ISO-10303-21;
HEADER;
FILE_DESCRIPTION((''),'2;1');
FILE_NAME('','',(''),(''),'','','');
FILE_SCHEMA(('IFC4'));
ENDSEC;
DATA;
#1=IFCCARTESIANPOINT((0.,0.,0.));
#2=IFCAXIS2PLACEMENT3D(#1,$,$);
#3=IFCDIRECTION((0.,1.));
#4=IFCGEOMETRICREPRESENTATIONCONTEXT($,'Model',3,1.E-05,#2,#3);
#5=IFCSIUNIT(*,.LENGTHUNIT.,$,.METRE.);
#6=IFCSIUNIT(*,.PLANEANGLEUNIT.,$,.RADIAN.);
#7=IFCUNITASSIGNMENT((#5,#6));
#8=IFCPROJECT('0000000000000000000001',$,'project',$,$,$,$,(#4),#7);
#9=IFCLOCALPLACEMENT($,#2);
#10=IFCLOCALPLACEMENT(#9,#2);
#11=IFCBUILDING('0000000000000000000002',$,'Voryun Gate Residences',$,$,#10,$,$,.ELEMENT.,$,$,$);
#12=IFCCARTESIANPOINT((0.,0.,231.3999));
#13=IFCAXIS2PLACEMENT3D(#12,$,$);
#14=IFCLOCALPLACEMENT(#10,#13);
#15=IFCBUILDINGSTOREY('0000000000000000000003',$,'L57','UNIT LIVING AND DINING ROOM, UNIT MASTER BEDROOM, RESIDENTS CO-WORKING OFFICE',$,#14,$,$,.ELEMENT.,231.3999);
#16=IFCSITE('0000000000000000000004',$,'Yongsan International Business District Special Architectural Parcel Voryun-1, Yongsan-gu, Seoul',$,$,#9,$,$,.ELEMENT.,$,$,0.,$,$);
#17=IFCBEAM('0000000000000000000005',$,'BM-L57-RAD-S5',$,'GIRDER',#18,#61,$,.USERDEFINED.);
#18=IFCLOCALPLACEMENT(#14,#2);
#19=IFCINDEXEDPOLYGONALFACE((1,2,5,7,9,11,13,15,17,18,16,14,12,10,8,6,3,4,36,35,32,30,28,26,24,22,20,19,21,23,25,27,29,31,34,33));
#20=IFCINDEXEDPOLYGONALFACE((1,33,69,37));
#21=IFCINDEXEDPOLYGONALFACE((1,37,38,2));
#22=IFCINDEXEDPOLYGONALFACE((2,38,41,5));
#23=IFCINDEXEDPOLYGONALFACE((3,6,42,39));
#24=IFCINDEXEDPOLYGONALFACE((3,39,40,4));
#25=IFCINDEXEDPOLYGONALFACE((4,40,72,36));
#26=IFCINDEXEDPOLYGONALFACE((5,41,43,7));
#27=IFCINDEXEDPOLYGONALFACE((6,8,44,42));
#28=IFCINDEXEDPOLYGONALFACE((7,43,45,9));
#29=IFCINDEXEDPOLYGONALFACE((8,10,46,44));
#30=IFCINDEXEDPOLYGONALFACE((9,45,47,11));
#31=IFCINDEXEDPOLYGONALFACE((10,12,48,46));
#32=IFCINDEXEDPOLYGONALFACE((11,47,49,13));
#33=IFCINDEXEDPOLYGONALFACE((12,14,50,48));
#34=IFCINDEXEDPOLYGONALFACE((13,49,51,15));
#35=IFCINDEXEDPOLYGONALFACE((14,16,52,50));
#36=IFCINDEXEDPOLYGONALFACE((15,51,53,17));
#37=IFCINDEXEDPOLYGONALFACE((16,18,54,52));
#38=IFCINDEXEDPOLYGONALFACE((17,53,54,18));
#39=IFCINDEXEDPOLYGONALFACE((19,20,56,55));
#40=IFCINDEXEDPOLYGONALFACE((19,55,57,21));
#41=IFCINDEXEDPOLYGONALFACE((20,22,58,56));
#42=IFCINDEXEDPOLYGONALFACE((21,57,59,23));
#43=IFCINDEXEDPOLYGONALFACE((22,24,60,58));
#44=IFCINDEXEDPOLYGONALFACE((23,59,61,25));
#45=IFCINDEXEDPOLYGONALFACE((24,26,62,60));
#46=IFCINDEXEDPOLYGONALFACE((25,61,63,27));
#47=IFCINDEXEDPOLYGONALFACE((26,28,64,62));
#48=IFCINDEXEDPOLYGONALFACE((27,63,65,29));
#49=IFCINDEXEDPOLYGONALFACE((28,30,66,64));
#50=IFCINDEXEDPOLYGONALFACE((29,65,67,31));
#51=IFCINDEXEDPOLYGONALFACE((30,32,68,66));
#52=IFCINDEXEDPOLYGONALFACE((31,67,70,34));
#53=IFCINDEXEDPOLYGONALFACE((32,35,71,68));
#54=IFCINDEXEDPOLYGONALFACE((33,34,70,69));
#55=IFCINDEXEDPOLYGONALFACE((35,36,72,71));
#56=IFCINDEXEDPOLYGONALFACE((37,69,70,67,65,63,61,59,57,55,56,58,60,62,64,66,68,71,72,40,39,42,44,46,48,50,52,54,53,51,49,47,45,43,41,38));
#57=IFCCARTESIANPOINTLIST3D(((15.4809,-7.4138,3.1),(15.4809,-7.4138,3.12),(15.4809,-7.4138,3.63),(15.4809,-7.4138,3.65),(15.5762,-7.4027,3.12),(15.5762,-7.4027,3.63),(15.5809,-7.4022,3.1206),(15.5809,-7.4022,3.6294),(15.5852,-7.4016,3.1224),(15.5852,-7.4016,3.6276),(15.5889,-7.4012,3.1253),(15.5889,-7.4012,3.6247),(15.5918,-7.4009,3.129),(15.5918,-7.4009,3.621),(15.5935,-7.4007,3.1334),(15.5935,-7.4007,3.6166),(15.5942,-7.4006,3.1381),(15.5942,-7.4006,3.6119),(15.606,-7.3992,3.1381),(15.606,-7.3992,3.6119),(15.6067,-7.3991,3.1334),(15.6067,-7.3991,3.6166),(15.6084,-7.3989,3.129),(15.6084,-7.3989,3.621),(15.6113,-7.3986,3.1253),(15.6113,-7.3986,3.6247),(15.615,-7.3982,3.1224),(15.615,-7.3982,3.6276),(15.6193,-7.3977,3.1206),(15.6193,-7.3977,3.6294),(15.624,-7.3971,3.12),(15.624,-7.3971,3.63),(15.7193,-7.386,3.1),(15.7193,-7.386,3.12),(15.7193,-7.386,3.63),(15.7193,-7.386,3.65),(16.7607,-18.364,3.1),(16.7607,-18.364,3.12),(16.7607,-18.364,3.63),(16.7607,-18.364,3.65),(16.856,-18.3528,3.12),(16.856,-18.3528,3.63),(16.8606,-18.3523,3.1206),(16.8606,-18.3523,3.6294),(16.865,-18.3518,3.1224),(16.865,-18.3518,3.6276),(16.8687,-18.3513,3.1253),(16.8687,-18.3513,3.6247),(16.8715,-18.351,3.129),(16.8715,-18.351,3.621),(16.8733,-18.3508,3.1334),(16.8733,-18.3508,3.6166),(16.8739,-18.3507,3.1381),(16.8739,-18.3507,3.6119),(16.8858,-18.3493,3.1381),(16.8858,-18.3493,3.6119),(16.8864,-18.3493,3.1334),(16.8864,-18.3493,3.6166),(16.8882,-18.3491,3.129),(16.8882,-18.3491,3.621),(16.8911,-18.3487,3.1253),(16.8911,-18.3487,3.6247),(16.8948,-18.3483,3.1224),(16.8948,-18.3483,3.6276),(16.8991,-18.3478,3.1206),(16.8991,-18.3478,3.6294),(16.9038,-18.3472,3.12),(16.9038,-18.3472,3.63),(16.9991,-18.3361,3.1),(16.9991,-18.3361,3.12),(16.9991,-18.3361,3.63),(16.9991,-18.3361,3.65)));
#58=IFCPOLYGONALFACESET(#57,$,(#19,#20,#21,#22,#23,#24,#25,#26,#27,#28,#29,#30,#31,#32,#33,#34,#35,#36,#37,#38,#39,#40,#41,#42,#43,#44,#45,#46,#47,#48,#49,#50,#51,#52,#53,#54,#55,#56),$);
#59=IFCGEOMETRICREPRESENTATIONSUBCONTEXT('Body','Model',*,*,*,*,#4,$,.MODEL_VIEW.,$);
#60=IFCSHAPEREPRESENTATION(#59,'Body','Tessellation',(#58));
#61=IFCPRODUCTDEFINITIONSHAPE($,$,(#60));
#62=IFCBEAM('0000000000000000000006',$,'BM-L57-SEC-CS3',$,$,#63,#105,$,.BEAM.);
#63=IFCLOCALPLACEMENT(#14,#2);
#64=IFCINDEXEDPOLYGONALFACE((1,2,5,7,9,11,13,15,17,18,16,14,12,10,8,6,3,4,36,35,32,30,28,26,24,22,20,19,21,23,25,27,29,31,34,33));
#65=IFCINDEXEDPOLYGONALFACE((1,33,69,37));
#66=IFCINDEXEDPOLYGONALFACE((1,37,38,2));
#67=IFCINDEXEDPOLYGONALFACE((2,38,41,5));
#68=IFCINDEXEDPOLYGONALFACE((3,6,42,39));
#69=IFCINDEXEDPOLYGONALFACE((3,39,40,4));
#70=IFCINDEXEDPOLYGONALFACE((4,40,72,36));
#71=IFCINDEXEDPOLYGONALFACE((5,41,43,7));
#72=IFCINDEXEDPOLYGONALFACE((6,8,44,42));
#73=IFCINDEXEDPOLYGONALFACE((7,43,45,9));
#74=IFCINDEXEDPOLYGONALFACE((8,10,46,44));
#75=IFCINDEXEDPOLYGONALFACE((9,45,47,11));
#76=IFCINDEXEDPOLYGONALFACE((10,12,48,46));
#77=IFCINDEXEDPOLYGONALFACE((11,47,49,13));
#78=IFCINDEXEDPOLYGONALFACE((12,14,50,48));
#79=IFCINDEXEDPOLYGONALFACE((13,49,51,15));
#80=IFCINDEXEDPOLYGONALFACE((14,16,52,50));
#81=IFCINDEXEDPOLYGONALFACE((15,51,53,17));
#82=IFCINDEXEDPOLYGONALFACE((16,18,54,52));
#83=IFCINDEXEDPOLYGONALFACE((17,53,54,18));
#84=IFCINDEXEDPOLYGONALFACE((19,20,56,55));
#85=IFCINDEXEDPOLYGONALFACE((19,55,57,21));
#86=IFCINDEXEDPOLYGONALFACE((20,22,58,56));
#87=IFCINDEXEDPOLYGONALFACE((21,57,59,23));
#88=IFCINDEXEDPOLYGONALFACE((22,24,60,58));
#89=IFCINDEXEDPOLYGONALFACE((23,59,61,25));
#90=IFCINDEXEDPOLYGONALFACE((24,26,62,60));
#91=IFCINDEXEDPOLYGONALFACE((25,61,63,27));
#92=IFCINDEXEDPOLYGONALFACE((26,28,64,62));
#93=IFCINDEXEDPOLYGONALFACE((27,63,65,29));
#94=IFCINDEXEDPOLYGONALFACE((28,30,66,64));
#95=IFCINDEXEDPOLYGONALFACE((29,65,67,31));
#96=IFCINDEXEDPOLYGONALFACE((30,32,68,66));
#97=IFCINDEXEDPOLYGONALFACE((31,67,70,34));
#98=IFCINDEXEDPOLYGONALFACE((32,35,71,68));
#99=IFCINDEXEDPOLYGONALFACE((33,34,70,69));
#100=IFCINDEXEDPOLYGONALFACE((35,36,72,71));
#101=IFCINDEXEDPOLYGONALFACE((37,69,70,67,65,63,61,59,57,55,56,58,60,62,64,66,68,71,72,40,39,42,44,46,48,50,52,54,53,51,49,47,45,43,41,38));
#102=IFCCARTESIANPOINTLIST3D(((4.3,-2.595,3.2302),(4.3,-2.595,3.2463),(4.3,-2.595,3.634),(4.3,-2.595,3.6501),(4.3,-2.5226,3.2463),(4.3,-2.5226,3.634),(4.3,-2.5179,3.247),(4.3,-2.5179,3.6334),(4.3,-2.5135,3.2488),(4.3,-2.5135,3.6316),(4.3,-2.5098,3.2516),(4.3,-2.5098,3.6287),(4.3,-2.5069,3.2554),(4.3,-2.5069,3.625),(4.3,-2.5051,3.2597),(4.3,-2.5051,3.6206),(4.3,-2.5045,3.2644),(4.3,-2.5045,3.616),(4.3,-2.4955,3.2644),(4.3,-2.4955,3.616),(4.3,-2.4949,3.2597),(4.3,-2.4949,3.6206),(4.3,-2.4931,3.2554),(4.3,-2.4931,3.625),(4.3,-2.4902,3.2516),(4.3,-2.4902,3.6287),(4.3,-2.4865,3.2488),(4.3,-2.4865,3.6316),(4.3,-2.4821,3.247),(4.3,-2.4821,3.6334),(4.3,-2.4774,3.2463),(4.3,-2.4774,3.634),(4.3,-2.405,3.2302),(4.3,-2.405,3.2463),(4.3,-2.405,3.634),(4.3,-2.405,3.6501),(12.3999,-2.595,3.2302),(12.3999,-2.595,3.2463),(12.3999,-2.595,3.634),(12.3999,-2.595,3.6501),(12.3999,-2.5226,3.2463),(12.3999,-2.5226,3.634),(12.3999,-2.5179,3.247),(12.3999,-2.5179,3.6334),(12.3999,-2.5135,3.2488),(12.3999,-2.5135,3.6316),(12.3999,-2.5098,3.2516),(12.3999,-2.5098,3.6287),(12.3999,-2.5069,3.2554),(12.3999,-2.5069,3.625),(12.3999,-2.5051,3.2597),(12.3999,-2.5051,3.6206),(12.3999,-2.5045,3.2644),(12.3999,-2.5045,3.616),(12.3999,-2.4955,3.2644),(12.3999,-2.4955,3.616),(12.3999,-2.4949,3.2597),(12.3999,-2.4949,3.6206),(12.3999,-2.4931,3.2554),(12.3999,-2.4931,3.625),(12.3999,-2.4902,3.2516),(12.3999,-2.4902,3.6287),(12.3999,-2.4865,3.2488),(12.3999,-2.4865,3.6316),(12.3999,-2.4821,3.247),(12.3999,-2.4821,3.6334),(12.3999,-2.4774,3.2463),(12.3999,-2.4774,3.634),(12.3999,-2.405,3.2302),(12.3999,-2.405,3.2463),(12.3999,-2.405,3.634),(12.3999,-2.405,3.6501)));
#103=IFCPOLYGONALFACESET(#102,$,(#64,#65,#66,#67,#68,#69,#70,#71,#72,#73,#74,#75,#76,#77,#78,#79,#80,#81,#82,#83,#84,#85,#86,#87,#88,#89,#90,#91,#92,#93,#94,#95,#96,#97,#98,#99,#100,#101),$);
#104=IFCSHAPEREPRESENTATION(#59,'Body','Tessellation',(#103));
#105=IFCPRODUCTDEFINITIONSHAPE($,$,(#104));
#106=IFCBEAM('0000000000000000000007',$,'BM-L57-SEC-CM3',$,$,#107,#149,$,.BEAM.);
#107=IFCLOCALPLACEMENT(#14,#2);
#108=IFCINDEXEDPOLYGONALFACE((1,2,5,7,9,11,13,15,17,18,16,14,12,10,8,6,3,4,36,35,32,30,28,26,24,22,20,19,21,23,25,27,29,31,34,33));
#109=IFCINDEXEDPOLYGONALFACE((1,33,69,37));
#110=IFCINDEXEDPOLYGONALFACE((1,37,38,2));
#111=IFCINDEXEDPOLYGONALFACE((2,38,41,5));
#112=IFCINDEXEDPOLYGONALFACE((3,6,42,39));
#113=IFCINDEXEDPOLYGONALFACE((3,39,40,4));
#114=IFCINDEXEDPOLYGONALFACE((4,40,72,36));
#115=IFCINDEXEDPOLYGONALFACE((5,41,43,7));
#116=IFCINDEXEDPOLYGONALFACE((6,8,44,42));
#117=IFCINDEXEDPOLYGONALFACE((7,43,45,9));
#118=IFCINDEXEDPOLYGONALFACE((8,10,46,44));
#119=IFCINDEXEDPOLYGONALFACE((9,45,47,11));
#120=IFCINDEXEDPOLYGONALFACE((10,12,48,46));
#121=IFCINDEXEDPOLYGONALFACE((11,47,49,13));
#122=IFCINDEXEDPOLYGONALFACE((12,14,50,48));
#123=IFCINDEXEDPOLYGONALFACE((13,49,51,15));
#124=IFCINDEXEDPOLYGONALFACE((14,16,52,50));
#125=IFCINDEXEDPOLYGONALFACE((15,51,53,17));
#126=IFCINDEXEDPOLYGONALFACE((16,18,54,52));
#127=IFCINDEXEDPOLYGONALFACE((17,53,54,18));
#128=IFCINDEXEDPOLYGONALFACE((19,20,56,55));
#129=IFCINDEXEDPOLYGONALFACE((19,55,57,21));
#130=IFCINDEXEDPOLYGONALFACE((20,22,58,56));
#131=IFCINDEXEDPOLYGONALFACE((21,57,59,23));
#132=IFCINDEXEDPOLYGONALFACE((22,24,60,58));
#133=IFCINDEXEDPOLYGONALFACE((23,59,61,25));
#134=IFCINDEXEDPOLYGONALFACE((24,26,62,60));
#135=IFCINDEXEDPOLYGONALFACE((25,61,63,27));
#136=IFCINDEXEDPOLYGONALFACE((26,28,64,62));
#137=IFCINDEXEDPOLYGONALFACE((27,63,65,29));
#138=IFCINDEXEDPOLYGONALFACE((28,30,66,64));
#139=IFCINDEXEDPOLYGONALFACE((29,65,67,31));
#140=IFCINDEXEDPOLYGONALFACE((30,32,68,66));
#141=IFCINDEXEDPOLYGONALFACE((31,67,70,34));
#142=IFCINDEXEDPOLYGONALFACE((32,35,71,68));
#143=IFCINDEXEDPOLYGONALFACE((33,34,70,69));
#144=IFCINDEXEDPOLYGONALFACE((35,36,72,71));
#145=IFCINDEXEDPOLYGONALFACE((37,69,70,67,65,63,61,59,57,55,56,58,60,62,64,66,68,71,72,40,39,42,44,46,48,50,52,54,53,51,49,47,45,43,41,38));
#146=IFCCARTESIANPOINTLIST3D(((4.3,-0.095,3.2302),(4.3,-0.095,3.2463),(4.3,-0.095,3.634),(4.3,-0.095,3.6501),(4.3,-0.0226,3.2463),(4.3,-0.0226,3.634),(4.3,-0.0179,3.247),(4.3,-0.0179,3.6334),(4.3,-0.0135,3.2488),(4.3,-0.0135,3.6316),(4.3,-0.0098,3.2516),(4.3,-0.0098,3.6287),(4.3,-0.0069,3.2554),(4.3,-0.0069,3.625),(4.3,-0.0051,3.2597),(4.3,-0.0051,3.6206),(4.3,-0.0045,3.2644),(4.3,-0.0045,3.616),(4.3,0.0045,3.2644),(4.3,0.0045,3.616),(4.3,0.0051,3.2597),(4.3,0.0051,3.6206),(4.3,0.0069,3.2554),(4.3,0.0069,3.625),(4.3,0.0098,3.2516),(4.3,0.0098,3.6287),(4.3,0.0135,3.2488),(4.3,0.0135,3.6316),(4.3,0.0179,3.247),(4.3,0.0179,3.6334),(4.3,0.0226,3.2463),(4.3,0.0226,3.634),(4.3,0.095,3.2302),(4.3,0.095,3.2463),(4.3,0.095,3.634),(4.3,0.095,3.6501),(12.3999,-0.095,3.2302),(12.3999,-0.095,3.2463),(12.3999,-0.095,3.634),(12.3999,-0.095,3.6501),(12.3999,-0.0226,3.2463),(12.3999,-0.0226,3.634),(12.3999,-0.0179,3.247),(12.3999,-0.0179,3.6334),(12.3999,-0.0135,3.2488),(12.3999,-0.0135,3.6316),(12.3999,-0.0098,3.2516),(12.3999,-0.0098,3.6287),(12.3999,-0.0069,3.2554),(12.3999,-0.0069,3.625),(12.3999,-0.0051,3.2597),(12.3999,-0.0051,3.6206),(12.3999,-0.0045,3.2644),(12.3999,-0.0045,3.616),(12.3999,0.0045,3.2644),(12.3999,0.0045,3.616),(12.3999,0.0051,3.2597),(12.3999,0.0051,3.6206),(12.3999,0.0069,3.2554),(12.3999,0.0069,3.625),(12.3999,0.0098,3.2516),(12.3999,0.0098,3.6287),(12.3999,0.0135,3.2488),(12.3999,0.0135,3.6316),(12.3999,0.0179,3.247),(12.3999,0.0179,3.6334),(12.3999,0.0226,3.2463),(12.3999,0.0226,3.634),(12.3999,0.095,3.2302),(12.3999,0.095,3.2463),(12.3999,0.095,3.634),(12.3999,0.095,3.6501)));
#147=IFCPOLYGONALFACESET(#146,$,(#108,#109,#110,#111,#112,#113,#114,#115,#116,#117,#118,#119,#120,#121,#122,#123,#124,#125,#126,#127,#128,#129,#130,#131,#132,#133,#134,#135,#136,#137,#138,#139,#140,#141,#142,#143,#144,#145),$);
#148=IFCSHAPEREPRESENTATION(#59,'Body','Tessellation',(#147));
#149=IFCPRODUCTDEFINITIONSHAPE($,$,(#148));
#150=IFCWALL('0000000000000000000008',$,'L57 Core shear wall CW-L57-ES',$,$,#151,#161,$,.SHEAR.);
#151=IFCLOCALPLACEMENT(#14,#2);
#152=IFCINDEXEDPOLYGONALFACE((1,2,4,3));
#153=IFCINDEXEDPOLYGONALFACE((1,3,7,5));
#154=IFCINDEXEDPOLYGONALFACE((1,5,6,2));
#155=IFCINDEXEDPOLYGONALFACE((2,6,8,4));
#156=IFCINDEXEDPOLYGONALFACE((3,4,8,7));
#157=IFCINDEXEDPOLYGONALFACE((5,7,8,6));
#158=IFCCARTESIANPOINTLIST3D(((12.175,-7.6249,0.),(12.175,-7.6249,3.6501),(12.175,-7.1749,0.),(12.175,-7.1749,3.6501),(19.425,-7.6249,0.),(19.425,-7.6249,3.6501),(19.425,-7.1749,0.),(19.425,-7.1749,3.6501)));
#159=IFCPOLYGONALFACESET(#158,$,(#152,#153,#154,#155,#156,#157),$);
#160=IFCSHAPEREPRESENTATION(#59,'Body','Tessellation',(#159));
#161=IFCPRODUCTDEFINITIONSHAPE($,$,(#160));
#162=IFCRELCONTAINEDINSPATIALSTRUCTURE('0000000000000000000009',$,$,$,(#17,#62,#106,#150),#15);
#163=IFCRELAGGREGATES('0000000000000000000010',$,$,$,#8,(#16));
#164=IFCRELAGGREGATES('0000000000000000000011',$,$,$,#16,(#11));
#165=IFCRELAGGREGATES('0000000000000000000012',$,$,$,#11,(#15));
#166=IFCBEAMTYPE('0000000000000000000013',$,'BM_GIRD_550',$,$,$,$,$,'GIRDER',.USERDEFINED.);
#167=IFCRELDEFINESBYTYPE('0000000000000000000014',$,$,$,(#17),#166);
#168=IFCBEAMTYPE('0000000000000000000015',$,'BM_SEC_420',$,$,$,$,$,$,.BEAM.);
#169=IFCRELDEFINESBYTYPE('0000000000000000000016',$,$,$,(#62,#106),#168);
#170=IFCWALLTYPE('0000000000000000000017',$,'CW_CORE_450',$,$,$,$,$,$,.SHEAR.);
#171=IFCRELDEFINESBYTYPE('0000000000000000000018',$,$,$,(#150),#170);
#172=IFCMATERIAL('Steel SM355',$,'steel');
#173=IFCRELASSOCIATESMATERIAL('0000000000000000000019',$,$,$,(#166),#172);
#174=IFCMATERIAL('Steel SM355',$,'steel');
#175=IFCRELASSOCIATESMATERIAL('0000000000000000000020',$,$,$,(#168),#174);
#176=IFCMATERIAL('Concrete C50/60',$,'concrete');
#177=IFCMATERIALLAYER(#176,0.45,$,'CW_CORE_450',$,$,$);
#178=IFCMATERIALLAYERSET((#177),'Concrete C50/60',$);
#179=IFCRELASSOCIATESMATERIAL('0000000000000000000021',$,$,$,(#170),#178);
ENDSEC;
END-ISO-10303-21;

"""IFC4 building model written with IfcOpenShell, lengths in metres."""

from ifc_helpers import new_model, si_unit, direction, frame, frame_2d, origin, origin_2d, place, context, subcontext, project, spatial, rectangle, i_section, extrude, material, layer, layer_set, material_profile, profile_set, type_object, element, save


model = new_model("IFC4")

# Units and contexts
model_context = context("Model", 3, precision=1e-05, world=origin(), true_north=direction((0.0, 1.0)))
body_context = subcontext(model_context, "Body", "Model", "MODEL_VIEW")
ifc_project = project(units=[si_unit("LENGTHUNIT", "METRE"), si_unit("PLANEANGLEUNIT", "RADIAN")], contexts=[model_context])

# Site, building, storey
site_placement = place(None, origin())
site = spatial("IfcSite", under=ifc_project, at=site_placement, Name="Yongsan International Business District Special Architectural Parcel Voryun-1, Yongsan-gu, Seoul", CompositionType="ELEMENT", RefElevation=0.0)
building_placement = place(site_placement, origin())
building = spatial("IfcBuilding", under=site, at=building_placement, Name="Voryun Gate Residences", CompositionType="ELEMENT")
storey_placement = place(building_placement, frame((0.0, 0.0, 231.3999)))
storey = spatial("IfcBuildingStorey", under=building, at=storey_placement, Name="L57", Description="UNIT LIVING AND DINING ROOM, UNIT MASTER BEDROOM, RESIDENTS CO-WORKING OFFICE", CompositionType="ELEMENT", Elevation=231.3999)

# Beams
ifc_material_1 = material(Name="Steel SM355", Category="steel")
ifc_material_profile_1 = material_profile(ifc_material_1, i_section(OverallWidth=0.24, OverallDepth=0.55, WebThickness=0.012, FlangeThickness=0.02, FilletRadius=0.0181, at=origin_2d()), Name="H-550x240x12x20")
ifc_profile_set_1 = profile_set([ifc_material_profile_1], Name="Steel SM355")
beam_type_1 = type_object("IfcBeamType", Name="BM_GIRD_550", ElementType="GIRDER", PredefinedType="USERDEFINED", material=ifc_profile_set_1)
beam_1_placement = place(storey_placement, frame((15.6001, -7.3999, 3.375), z_axis=(0.116083, -0.993239, 0.0), x_axis=(0.993239, 0.116083, 0.0)))
element("IfcBeam", 1, at=beam_1_placement, inside=storey, type_object=beam_type_1, Name="BM-L57-RAD-S5", ObjectType="GIRDER", PredefinedType="USERDEFINED", context=body_context, shape_type="SweptSolid", body=[
    extrude(i_section(OverallWidth=0.24, OverallDepth=0.55, WebThickness=0.012, FlangeThickness=0.02, FilletRadius=0.0181, at=origin_2d()), origin(), (0.0, 0.0, 1.0), 11.0247),
])
ifc_material_2 = material(Name="Steel SM355", Category="steel")
ifc_material_profile_2 = material_profile(ifc_material_2, i_section(OverallWidth=0.1899, OverallDepth=0.4199, WebThickness=0.009, FlangeThickness=0.0161, FilletRadius=0.0181, at=origin_2d()), Name="H-420x190x9x16")
ifc_profile_set_2 = profile_set([ifc_material_profile_2], Name="Steel SM355")
beam_type_2 = type_object("IfcBeamType", Name="BM_SEC_420", PredefinedType="BEAM", material=ifc_profile_set_2)
for number, where, z_axis, x_axis, name in (
    (2, (4.3, -2.5, 3.4402), (1.0, 0.0, 0.0), (0.0, 1.0, 0.0), "BM-L57-SEC-CS3"),
    (3, (4.3, 0.0, 3.4402), (1.0, 0.0, 0.0), (0.0, 1.0, 0.0), "BM-L57-SEC-CM3"),
):
    element("IfcBeam", number, at=place(storey_placement, frame(where, z_axis=z_axis, x_axis=x_axis)), inside=storey, type_object=beam_type_2, Name=name, PredefinedType="BEAM", context=body_context, shape_type="SweptSolid", body=[
        extrude(i_section(OverallWidth=0.1899, OverallDepth=0.4199, WebThickness=0.009, FlangeThickness=0.0161, FilletRadius=0.0181, at=origin_2d()), origin(), (0.0, 0.0, 1.0), 8.0999),
    ])

# Wall
ifc_material_3 = material(Name="Concrete C50/60", Category="concrete")
ifc_layer_1 = layer(ifc_material_3, 0.45, Name="CW_CORE_450")
ifc_layer_set_1 = layer_set([ifc_layer_1], Name="Concrete C50/60")
wall_type_1 = type_object("IfcWallType", Name="CW_CORE_450", PredefinedType="SHEAR", material=ifc_layer_set_1)
wall_1_placement = place(storey_placement, frame((12.175, -7.3999, 0.0), z_axis=(0.0, 0.0, 1.0), x_axis=(1.0, 0.0, 0.0)))
element("IfcWall", 4, at=wall_1_placement, inside=storey, type_object=wall_type_1, Name="L57 Core shear wall CW-L57-ES", PredefinedType="SHEAR", context=body_context, shape_type="SweptSolid", body=[
    extrude(rectangle(XDim=7.25, YDim=0.45, at=frame_2d((3.625, 0.0))), origin(), (0.0, 0.0, 1.0), 3.6501),
])

save(model, "model.ifc")
